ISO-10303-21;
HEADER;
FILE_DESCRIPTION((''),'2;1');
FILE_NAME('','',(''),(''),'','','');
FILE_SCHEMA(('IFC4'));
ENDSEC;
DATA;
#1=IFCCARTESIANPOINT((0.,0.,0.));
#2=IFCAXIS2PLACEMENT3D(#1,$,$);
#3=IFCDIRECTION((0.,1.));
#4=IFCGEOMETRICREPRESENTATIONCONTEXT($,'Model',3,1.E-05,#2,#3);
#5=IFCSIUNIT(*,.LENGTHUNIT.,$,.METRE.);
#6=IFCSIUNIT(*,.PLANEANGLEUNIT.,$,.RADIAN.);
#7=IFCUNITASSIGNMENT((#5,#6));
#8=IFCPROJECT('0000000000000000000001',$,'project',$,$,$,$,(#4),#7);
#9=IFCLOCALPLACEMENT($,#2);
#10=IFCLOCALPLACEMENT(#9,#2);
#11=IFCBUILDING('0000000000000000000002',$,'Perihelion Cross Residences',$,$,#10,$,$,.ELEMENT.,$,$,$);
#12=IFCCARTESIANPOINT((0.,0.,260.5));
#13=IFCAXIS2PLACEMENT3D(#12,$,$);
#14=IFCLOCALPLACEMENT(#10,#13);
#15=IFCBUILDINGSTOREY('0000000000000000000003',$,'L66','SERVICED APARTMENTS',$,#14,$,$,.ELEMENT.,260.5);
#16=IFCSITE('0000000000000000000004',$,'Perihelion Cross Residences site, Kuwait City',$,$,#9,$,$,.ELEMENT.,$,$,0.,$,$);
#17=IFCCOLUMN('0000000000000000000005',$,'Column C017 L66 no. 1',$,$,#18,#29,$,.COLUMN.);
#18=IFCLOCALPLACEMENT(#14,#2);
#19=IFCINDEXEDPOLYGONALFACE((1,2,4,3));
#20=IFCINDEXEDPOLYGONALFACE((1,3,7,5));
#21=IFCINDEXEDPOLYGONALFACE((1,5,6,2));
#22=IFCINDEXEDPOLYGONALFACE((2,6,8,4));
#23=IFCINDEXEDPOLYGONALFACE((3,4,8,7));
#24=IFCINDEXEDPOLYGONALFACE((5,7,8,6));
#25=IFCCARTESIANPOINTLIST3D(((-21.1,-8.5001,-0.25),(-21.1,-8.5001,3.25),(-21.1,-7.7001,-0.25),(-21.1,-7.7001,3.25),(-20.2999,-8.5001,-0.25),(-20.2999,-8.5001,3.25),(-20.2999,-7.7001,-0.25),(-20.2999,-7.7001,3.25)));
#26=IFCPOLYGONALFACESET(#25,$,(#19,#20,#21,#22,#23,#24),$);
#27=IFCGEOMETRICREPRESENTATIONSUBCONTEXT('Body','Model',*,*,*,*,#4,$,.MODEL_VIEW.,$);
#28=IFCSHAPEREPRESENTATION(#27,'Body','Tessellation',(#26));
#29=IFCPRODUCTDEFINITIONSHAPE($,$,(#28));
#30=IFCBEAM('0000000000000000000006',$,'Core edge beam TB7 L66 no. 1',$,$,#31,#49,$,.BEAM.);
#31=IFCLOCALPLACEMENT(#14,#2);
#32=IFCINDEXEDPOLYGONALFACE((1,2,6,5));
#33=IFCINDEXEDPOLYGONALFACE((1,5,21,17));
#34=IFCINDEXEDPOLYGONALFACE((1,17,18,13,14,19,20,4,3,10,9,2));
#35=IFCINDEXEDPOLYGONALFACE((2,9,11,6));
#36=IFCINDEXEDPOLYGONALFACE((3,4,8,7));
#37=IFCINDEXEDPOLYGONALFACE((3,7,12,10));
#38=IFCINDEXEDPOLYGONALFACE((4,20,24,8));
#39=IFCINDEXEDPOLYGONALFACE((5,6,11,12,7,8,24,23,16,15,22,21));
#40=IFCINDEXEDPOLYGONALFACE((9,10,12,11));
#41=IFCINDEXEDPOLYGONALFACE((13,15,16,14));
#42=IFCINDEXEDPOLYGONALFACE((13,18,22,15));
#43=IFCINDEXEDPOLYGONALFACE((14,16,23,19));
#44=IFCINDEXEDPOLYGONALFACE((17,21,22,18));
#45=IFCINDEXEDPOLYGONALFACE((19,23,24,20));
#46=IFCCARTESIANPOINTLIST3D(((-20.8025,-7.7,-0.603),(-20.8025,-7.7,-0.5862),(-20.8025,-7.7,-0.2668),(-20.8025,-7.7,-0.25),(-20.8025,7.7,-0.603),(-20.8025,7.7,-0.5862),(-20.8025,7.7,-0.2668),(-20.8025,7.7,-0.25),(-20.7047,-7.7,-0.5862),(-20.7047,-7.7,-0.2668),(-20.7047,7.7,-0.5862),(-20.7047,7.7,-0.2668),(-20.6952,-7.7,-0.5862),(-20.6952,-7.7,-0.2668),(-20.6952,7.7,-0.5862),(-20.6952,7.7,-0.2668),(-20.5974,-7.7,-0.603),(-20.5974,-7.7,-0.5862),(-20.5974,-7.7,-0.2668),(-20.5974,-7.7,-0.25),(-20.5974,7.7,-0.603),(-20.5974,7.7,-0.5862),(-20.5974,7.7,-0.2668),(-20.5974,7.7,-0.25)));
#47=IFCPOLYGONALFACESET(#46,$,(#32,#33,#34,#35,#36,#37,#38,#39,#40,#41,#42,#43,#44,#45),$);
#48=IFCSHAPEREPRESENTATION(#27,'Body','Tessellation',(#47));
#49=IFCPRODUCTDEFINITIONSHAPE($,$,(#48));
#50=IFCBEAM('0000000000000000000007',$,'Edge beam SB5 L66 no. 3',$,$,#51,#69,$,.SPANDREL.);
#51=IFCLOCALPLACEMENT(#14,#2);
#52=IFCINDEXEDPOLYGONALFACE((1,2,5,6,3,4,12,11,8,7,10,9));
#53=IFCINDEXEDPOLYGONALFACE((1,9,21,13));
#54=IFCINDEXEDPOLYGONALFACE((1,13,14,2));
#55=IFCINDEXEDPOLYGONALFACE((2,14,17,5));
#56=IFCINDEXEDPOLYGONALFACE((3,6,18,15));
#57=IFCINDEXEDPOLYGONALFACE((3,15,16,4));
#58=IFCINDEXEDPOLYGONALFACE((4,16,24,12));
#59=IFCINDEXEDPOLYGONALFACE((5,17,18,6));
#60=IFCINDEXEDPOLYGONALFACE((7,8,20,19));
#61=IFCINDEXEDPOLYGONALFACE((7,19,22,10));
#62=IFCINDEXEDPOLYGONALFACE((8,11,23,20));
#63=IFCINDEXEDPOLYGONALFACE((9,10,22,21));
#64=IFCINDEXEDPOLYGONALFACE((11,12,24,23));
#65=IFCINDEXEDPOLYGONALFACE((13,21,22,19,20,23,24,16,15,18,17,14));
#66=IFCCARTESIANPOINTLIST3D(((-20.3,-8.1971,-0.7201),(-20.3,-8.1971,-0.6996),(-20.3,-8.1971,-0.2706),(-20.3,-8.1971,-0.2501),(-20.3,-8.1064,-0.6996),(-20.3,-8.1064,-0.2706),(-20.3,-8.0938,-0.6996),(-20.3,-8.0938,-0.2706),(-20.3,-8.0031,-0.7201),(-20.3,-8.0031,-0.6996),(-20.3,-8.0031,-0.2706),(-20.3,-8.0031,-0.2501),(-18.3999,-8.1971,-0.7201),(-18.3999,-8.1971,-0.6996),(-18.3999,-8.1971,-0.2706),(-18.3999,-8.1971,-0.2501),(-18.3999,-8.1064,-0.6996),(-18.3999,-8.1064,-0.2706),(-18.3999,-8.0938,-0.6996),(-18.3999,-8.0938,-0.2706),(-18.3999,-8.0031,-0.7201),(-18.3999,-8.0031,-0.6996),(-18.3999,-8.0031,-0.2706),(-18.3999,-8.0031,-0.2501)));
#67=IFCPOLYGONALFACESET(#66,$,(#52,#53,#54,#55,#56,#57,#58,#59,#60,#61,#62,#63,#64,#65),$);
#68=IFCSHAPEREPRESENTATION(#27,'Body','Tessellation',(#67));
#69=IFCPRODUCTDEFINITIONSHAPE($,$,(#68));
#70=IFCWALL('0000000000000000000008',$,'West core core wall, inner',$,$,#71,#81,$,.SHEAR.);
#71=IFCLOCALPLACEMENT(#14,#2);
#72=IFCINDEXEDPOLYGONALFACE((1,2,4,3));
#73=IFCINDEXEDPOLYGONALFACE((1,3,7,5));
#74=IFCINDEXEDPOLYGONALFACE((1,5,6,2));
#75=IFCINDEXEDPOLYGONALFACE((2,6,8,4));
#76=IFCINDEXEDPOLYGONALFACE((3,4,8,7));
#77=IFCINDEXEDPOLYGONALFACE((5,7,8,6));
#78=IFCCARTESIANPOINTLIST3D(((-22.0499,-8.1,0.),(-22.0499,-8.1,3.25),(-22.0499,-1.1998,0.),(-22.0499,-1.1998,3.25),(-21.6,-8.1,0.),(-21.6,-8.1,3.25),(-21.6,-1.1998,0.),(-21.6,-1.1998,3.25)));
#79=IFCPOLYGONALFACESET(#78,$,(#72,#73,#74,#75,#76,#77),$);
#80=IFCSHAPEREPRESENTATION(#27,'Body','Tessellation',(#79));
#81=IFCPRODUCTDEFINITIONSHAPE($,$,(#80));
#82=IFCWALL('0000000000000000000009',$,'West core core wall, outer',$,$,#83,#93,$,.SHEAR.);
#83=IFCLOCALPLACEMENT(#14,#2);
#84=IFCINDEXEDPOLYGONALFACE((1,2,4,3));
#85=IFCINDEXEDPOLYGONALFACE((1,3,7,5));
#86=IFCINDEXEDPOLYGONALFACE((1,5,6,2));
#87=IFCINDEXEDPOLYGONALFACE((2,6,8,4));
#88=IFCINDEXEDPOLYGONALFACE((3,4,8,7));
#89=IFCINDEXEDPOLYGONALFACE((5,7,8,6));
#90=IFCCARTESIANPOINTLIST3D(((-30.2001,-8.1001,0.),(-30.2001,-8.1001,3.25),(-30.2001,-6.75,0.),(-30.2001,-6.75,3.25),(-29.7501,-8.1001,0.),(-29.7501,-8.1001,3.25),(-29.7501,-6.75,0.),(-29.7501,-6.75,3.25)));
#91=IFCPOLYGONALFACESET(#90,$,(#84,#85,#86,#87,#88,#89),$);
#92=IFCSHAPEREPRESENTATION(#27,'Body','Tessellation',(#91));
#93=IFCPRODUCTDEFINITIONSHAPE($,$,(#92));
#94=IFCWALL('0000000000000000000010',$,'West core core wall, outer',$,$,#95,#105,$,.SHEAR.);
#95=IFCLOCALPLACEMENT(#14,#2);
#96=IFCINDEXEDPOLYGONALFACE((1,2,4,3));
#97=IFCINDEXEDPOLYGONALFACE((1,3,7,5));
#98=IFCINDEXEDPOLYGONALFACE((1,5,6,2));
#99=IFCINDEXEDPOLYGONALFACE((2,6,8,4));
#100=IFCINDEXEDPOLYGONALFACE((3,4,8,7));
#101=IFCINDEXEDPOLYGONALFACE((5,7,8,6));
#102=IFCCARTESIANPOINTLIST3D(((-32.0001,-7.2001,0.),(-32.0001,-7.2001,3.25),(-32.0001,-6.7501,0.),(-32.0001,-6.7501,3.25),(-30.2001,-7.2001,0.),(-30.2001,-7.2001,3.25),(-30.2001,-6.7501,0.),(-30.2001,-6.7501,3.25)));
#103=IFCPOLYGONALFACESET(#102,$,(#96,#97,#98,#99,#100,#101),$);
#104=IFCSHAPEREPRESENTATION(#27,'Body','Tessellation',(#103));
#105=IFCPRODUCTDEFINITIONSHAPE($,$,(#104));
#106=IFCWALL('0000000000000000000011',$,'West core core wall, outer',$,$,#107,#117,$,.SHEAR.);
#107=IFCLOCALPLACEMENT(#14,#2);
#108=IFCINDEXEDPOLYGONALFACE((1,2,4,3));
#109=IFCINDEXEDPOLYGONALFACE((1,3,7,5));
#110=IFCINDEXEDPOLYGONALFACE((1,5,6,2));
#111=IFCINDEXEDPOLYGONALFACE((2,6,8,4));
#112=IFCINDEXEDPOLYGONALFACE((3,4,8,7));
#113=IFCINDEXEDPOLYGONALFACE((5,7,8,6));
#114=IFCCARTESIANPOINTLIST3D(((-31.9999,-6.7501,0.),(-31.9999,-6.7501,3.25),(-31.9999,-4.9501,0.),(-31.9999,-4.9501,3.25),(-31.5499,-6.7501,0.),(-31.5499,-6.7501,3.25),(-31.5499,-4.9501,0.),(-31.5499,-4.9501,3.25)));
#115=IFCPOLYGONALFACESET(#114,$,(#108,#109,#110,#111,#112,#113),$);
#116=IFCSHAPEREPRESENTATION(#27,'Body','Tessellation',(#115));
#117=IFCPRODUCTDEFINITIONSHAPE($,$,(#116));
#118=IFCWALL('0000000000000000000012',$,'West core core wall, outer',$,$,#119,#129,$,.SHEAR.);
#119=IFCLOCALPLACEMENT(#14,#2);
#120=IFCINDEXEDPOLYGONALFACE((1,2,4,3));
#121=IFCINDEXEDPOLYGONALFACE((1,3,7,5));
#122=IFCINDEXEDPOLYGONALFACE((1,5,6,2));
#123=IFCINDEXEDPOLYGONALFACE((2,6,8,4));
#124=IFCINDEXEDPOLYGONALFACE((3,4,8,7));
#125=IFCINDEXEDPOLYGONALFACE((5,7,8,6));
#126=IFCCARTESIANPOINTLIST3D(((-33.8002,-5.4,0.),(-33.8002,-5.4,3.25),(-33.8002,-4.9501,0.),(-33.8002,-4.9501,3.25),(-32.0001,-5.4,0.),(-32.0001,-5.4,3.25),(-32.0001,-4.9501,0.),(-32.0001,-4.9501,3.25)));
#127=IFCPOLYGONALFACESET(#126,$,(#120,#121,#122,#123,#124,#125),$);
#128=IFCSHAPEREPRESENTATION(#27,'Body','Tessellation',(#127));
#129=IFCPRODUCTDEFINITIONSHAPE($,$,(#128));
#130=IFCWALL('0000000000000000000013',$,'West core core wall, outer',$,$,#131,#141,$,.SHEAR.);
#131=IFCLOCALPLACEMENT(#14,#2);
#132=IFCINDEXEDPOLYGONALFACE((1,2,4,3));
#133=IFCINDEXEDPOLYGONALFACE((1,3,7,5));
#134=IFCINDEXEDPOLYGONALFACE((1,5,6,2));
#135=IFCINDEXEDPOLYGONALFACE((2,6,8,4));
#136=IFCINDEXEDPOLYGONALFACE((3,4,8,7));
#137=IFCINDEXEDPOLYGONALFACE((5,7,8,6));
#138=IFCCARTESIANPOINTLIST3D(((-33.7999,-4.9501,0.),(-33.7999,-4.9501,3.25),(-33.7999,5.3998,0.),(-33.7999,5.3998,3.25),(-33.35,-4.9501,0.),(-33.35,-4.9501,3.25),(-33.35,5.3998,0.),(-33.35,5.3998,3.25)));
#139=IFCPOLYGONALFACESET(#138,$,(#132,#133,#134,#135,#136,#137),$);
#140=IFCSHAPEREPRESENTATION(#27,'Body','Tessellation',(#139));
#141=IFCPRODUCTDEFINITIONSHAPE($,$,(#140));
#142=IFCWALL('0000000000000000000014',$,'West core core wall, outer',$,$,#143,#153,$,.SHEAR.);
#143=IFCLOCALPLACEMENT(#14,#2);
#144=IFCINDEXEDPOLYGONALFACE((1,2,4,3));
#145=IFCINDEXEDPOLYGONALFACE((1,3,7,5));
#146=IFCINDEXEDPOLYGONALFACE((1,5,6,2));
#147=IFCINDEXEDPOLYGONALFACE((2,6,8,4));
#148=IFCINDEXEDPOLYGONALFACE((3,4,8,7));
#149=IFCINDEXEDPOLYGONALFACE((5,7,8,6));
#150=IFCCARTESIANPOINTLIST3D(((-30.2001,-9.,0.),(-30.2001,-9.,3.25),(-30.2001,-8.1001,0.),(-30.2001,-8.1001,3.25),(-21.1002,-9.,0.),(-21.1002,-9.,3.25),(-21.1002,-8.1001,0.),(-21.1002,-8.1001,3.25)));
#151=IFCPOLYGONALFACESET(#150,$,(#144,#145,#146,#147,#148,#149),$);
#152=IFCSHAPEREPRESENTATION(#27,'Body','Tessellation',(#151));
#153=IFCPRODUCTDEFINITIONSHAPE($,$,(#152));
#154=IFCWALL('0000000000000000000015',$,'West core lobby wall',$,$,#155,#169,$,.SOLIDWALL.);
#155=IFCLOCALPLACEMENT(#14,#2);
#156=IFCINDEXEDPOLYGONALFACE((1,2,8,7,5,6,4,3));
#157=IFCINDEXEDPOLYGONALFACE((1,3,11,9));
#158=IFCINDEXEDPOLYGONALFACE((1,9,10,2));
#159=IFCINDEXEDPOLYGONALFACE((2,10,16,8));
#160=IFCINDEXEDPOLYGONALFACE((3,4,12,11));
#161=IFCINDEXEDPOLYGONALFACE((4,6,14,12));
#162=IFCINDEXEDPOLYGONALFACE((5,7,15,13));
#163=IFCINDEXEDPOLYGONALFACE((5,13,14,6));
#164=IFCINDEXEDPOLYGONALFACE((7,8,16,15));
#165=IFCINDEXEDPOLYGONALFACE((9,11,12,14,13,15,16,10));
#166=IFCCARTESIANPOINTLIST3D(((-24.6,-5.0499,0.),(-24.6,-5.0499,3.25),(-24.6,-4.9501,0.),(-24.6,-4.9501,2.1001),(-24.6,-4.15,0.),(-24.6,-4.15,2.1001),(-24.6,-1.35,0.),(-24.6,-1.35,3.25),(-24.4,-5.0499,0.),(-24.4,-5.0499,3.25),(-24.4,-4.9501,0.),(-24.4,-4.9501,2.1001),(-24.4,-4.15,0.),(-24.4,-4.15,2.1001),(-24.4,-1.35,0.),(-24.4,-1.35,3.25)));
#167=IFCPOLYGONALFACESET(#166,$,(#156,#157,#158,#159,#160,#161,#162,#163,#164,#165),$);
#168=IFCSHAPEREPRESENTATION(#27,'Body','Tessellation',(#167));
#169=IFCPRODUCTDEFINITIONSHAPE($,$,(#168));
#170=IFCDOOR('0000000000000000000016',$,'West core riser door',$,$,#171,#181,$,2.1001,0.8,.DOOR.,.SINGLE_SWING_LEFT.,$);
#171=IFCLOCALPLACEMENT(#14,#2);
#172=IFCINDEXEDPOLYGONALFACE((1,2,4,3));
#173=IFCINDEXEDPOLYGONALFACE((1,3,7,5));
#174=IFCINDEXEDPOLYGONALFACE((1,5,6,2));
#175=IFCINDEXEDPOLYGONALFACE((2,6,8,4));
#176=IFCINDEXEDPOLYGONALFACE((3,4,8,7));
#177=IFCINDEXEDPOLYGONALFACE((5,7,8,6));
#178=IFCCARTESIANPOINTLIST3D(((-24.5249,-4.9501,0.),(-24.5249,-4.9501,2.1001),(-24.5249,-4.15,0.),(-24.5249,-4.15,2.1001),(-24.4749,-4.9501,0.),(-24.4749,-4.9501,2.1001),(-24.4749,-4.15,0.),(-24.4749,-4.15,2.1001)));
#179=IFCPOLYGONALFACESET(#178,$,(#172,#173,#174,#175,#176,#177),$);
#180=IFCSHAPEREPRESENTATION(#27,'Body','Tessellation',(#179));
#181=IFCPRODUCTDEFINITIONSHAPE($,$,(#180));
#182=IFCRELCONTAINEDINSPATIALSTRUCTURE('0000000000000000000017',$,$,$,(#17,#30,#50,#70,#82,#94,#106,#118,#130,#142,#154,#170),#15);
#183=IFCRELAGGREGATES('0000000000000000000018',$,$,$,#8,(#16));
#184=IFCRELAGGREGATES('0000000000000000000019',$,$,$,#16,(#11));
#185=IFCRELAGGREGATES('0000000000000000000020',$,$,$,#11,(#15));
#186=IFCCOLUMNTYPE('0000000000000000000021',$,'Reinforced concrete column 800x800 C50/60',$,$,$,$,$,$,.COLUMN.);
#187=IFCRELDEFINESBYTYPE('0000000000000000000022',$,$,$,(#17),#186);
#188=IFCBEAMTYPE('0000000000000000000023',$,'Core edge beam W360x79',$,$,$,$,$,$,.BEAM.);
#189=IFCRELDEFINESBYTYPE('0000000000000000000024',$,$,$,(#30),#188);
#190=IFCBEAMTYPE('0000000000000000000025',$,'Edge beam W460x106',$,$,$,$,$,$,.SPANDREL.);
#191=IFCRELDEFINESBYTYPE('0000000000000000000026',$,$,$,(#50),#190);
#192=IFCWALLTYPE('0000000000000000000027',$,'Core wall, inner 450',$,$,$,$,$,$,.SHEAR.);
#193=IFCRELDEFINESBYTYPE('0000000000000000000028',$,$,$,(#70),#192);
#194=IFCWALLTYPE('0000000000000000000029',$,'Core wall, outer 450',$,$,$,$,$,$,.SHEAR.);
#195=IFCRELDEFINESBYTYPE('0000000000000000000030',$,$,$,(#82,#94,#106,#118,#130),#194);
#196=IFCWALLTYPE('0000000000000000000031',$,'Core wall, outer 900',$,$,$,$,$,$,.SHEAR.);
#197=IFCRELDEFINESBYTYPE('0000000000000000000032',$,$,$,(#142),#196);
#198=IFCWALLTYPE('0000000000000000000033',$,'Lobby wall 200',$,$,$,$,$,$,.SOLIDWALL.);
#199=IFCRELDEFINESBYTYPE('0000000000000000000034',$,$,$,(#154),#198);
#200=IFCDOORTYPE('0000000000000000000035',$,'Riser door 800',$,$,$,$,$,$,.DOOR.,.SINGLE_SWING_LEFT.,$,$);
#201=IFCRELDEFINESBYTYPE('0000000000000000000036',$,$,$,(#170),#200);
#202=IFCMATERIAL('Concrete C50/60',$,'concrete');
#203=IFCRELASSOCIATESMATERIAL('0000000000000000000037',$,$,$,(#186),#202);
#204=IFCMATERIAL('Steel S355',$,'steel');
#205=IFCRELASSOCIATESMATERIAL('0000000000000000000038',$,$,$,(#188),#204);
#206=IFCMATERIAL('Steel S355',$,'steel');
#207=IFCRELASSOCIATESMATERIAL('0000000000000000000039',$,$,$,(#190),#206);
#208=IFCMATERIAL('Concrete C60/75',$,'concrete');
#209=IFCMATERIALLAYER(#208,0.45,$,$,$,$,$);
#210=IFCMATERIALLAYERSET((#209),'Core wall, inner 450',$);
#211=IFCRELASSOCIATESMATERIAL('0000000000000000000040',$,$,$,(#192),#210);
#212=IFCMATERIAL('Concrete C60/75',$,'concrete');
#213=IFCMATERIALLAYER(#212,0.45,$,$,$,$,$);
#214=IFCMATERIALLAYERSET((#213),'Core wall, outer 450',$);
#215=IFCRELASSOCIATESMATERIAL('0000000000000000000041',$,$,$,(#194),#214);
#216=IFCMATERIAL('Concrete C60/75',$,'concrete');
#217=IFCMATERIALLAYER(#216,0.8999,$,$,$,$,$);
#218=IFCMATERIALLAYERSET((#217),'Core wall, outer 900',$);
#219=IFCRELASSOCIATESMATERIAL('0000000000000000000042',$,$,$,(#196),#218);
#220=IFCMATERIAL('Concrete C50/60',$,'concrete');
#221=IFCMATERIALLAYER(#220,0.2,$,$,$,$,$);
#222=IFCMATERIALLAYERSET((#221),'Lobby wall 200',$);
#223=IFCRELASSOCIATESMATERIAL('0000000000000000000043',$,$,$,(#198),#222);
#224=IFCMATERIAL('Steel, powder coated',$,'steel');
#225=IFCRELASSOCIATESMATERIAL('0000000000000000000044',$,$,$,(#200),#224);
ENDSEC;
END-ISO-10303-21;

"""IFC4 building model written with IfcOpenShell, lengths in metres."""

from ifc_helpers import new_model, si_unit, direction, frame, frame_2d, origin, origin_2d, place, context, subcontext, project, spatial, rectangle, i_section, extrude, material, layer, layer_set, material_profile, profile_set, type_object, element, fill, save


model = new_model("IFC4")

# Units and contexts
model_context = context("Model", 3, precision=1e-05, world=origin(), true_north=direction((0.0, 1.0)))
body_context = subcontext(model_context, "Body", "Model", "MODEL_VIEW")
ifc_project = project(units=[si_unit("LENGTHUNIT", "METRE"), si_unit("PLANEANGLEUNIT", "RADIAN")], contexts=[model_context])

# Site, building, storey
site_placement = place(None, origin())
site = spatial("IfcSite", under=ifc_project, at=site_placement, Name="Perihelion Cross Residences site, Kuwait City", CompositionType="ELEMENT", RefElevation=0.0)
building_placement = place(site_placement, origin())
building = spatial("IfcBuilding", under=site, at=building_placement, Name="Perihelion Cross Residences", CompositionType="ELEMENT")
storey_placement = place(building_placement, frame((0.0, 0.0, 260.5)))
storey = spatial("IfcBuildingStorey", under=building, at=storey_placement, Name="L66", Description="SERVICED APARTMENTS", CompositionType="ELEMENT", Elevation=260.5)

# Column
ifc_material_1 = material(Name="Concrete C50/60", Category="concrete")
ifc_material_profile_1 = material_profile(ifc_material_1, rectangle(XDim=0.8, YDim=0.8, at=origin_2d()), Name="RC 800x800")
ifc_profile_set_1 = profile_set([ifc_material_profile_1], Name="Concrete C50/60")
column_type = type_object("IfcColumnType", Name="Reinforced concrete column 800x800 C50/60", PredefinedType="COLUMN", material=ifc_profile_set_1)
column_placement = place(storey_placement, frame((-20.7, -8.1001, -0.25), z_axis=(0.0, 0.0, 1.0), x_axis=(1.0, 0.0, 0.0)))
element("IfcColumn", 1, at=column_placement, inside=storey, type_object=column_type, Name="Column C017 L66 no. 1", PredefinedType="COLUMN", context=body_context, shape_type="SweptSolid", body=[
    extrude(rectangle(XDim=0.8, YDim=0.8, at=origin_2d()), origin(), (0.0, 0.0, 1.0), 3.5),
])

# Beams
ifc_material_2 = material(Name="Steel S355", Category="steel")
ifc_material_profile_2 = material_profile(ifc_material_2, i_section(OverallWidth=0.2051, OverallDepth=0.353, WebThickness=0.0095, FlangeThickness=0.0168, at=origin_2d()), Name="W360x79")
ifc_profile_set_2 = profile_set([ifc_material_profile_2], Name="Steel S355")
beam_type_1 = type_object("IfcBeamType", Name="Core edge beam W360x79", PredefinedType="BEAM", material=ifc_profile_set_2)
beam_1_placement = place(storey_placement, frame((-20.7, -7.7, -0.4265), z_axis=(0.0, 1.0, 0.0), x_axis=(-1.0, 0.0, 0.0)))
element("IfcBeam", 2, at=beam_1_placement, inside=storey, type_object=beam_type_1, Name="Core edge beam TB7 L66 no. 1", PredefinedType="BEAM", context=body_context, shape_type="SweptSolid", body=[
    extrude(i_section(OverallWidth=0.2051, OverallDepth=0.353, WebThickness=0.0095, FlangeThickness=0.0168, at=origin_2d()), origin(), (0.0, 0.0, 1.0), 15.3999),
])
ifc_material_3 = material(Name="Steel S355", Category="steel")
ifc_material_profile_3 = material_profile(ifc_material_3, i_section(OverallWidth=0.1941, OverallDepth=0.47, WebThickness=0.0127, FlangeThickness=0.0205, at=origin_2d()), Name="W460x106")
ifc_profile_set_3 = profile_set([ifc_material_profile_3], Name="Steel S355")
beam_type_2 = type_object("IfcBeamType", Name="Edge beam W460x106", PredefinedType="SPANDREL", material=ifc_profile_set_3)
beam_2_placement = place(storey_placement, frame((-20.3, -8.1001, -0.4851), z_axis=(1.0, 0.0, 0.0), x_axis=(0.0, 1.0, 0.0)))
element("IfcBeam", 3, at=beam_2_placement, inside=storey, type_object=beam_type_2, Name="Edge beam SB5 L66 no. 3", PredefinedType="SPANDREL", context=body_context, shape_type="SweptSolid", body=[
    extrude(i_section(OverallWidth=0.1941, OverallDepth=0.47, WebThickness=0.0127, FlangeThickness=0.0205, at=origin_2d()), origin(), (0.0, 0.0, 1.0), 1.9001),
])

# Walls
ifc_material_4 = material(Name="Concrete C60/75", Category="concrete")
ifc_layer_1 = layer(ifc_material_4, 0.45)
ifc_layer_set_1 = layer_set([ifc_layer_1], Name="Core wall, inner 450")
wall_type_1 = type_object("IfcWallType", Name="Core wall, inner 450", PredefinedType="SHEAR", material=ifc_layer_set_1)
wall_1_placement = place(storey_placement, frame((-21.825, -8.1001, 0.0), z_axis=(0.0, 0.0, 1.0), x_axis=(0.0, 1.0, 0.0)))
element("IfcWall", 4, at=wall_1_placement, inside=storey, type_object=wall_type_1, Name="West core core wall, inner", PredefinedType="SHEAR", context=body_context, shape_type="SweptSolid", body=[
    extrude(rectangle(XDim=6.9001, YDim=0.45, at=frame_2d((3.4502, 0.0))), origin(), (0.0, 0.0, 1.0), 3.25),
])
ifc_material_5 = material(Name="Concrete C60/75", Category="concrete")
ifc_layer_2 = layer(ifc_material_5, 0.45)
ifc_layer_set_2 = layer_set([ifc_layer_2], Name="Core wall, outer 450")
wall_type_2 = type_object("IfcWallType", Name="Core wall, outer 450", PredefinedType="SHEAR", material=ifc_layer_set_2)
wall_2_placement = place(storey_placement, frame((-29.9751, -8.1001, 0.0), z_axis=(0.0, 0.0, 1.0), x_axis=(0.0, 1.0, 0.0)))
element("IfcWall", 5, at=wall_2_placement, inside=storey, type_object=wall_type_2, Name="West core core wall, outer", PredefinedType="SHEAR", context=body_context, shape_type="SweptSolid", body=[
    extrude(rectangle(XDim=1.3501, YDim=0.45, at=frame_2d((0.675, 0.0))), origin(), (0.0, 0.0, 1.0), 3.25),
])
for number, where, z_axis, x_axis, name in (
    (6, (-32.0, -6.9751, 0.0), (0.0, 0.0, 1.0), (1.0, 0.0, 0.0), "West core core wall, outer"),
    (7, (-31.7749, -6.75, 0.0), (0.0, 0.0, 1.0), (0.0, 1.0, 0.0), "West core core wall, outer"),
    (8, (-33.8, -5.175, 0.0), (0.0, 0.0, 1.0), (1.0, 0.0, 0.0), "West core core wall, outer"),
):
    element("IfcWall", number, at=place(storey_placement, frame(where, z_axis=z_axis, x_axis=x_axis)), inside=storey, type_object=wall_type_2, Name=name, PredefinedType="SHEAR", context=body_context, shape_type="SweptSolid", body=[
        extrude(rectangle(XDim=1.8, YDim=0.45, at=frame_2d((0.8999, 0.0))), origin(), (0.0, 0.0, 1.0), 3.25),
    ])
wall_3_placement = place(storey_placement, frame((-33.575, -4.95, 0.0), z_axis=(0.0, 0.0, 1.0), x_axis=(0.0, 1.0, 0.0)))
element("IfcWall", 9, at=wall_3_placement, inside=storey, type_object=wall_type_2, Name="West core core wall, outer", PredefinedType="SHEAR", context=body_context, shape_type="SweptSolid", body=[
    extrude(rectangle(XDim=10.3499, YDim=0.45, at=frame_2d((5.1748, 0.0))), origin(), (0.0, 0.0, 1.0), 3.25),
])
ifc_material_6 = material(Name="Concrete C60/75", Category="concrete")
ifc_layer_3 = layer(ifc_material_6, 0.8999)
ifc_layer_set_3 = layer_set([ifc_layer_3], Name="Core wall, outer 900")
wall_type_3 = type_object("IfcWallType", Name="Core wall, outer 900", PredefinedType="SHEAR", material=ifc_layer_set_3)
wall_4_placement = place(storey_placement, frame((-30.2, -8.55, 0.0), z_axis=(0.0, 0.0, 1.0), x_axis=(1.0, 0.0, 0.0)))
element("IfcWall", 10, at=wall_4_placement, inside=storey, type_object=wall_type_3, Name="West core core wall, outer", PredefinedType="SHEAR", context=body_context, shape_type="SweptSolid", body=[
    extrude(rectangle(XDim=9.0999, YDim=0.8999, at=frame_2d((4.5498, 0.0))), origin(), (0.0, 0.0, 1.0), 3.25),
])

# Wall, opening, door
ifc_material_7 = material(Name="Concrete C50/60", Category="concrete")
ifc_layer_4 = layer(ifc_material_7, 0.2)
ifc_layer_set_4 = layer_set([ifc_layer_4], Name="Lobby wall 200")
wall_type_4 = type_object("IfcWallType", Name="Lobby wall 200", PredefinedType="SOLIDWALL", material=ifc_layer_set_4)
wall_5_placement = place(storey_placement, frame((-24.5, -5.05, 0.0), z_axis=(0.0, 0.0, 1.0), x_axis=(0.0, 1.0, 0.0)))
wall_5 = element("IfcWall", 11, at=wall_5_placement, inside=storey, type_object=wall_type_4, Name="West core lobby wall", PredefinedType="SOLIDWALL", context=body_context, shape_type="SweptSolid", body=[
    extrude(rectangle(XDim=3.7, YDim=0.2, at=frame_2d((1.8501, 0.0))), origin(), (0.0, 0.0, 1.0), 3.25),
])
opening_1_placement = place(wall_5_placement, frame((0.1001, 0.0, 0.0)))
opening_1 = element("IfcOpeningElement", 12, at=opening_1_placement, cuts=wall_5, PredefinedType="OPENING", context=body_context, shape_type="SweptSolid", body=[
    extrude(rectangle(XDim=0.8, YDim=2.1001, at=frame_2d((0.3999, 1.05))), frame((0.0, 0.1099, 0.0), z_axis=(0.0, -1.0, 0.0), x_axis=(1.0, 0.0, 0.0)), (0.0, 0.0, 1.0), 0.22),
])
ifc_material_8 = material(Name="Steel, powder coated", Category="steel")
door_type_1 = type_object("IfcDoorType", Name="Riser door 800", OperationType="SINGLE_SWING_LEFT", PredefinedType="DOOR", material=ifc_material_8)
door_1_placement = place(opening_1_placement, origin())
door_1 = element("IfcDoor", 13, at=door_1_placement, inside=storey, type_object=door_type_1, Name="West core riser door", OperationType="SINGLE_SWING_LEFT", OverallHeight=2.1001, OverallWidth=0.8, PredefinedType="DOOR", context=body_context, shape_type="SweptSolid", body=[
    extrude(rectangle(XDim=0.8, YDim=2.1001, at=frame_2d((0.3999, 1.05))), frame((0.0, 0.0249, 0.0), z_axis=(0.0, -1.0, 0.0), x_axis=(1.0, 0.0, 0.0)), (0.0, 0.0, 1.0), 0.05),
])
fill(opening_1, door_1)

save(model, "model.ifc")
